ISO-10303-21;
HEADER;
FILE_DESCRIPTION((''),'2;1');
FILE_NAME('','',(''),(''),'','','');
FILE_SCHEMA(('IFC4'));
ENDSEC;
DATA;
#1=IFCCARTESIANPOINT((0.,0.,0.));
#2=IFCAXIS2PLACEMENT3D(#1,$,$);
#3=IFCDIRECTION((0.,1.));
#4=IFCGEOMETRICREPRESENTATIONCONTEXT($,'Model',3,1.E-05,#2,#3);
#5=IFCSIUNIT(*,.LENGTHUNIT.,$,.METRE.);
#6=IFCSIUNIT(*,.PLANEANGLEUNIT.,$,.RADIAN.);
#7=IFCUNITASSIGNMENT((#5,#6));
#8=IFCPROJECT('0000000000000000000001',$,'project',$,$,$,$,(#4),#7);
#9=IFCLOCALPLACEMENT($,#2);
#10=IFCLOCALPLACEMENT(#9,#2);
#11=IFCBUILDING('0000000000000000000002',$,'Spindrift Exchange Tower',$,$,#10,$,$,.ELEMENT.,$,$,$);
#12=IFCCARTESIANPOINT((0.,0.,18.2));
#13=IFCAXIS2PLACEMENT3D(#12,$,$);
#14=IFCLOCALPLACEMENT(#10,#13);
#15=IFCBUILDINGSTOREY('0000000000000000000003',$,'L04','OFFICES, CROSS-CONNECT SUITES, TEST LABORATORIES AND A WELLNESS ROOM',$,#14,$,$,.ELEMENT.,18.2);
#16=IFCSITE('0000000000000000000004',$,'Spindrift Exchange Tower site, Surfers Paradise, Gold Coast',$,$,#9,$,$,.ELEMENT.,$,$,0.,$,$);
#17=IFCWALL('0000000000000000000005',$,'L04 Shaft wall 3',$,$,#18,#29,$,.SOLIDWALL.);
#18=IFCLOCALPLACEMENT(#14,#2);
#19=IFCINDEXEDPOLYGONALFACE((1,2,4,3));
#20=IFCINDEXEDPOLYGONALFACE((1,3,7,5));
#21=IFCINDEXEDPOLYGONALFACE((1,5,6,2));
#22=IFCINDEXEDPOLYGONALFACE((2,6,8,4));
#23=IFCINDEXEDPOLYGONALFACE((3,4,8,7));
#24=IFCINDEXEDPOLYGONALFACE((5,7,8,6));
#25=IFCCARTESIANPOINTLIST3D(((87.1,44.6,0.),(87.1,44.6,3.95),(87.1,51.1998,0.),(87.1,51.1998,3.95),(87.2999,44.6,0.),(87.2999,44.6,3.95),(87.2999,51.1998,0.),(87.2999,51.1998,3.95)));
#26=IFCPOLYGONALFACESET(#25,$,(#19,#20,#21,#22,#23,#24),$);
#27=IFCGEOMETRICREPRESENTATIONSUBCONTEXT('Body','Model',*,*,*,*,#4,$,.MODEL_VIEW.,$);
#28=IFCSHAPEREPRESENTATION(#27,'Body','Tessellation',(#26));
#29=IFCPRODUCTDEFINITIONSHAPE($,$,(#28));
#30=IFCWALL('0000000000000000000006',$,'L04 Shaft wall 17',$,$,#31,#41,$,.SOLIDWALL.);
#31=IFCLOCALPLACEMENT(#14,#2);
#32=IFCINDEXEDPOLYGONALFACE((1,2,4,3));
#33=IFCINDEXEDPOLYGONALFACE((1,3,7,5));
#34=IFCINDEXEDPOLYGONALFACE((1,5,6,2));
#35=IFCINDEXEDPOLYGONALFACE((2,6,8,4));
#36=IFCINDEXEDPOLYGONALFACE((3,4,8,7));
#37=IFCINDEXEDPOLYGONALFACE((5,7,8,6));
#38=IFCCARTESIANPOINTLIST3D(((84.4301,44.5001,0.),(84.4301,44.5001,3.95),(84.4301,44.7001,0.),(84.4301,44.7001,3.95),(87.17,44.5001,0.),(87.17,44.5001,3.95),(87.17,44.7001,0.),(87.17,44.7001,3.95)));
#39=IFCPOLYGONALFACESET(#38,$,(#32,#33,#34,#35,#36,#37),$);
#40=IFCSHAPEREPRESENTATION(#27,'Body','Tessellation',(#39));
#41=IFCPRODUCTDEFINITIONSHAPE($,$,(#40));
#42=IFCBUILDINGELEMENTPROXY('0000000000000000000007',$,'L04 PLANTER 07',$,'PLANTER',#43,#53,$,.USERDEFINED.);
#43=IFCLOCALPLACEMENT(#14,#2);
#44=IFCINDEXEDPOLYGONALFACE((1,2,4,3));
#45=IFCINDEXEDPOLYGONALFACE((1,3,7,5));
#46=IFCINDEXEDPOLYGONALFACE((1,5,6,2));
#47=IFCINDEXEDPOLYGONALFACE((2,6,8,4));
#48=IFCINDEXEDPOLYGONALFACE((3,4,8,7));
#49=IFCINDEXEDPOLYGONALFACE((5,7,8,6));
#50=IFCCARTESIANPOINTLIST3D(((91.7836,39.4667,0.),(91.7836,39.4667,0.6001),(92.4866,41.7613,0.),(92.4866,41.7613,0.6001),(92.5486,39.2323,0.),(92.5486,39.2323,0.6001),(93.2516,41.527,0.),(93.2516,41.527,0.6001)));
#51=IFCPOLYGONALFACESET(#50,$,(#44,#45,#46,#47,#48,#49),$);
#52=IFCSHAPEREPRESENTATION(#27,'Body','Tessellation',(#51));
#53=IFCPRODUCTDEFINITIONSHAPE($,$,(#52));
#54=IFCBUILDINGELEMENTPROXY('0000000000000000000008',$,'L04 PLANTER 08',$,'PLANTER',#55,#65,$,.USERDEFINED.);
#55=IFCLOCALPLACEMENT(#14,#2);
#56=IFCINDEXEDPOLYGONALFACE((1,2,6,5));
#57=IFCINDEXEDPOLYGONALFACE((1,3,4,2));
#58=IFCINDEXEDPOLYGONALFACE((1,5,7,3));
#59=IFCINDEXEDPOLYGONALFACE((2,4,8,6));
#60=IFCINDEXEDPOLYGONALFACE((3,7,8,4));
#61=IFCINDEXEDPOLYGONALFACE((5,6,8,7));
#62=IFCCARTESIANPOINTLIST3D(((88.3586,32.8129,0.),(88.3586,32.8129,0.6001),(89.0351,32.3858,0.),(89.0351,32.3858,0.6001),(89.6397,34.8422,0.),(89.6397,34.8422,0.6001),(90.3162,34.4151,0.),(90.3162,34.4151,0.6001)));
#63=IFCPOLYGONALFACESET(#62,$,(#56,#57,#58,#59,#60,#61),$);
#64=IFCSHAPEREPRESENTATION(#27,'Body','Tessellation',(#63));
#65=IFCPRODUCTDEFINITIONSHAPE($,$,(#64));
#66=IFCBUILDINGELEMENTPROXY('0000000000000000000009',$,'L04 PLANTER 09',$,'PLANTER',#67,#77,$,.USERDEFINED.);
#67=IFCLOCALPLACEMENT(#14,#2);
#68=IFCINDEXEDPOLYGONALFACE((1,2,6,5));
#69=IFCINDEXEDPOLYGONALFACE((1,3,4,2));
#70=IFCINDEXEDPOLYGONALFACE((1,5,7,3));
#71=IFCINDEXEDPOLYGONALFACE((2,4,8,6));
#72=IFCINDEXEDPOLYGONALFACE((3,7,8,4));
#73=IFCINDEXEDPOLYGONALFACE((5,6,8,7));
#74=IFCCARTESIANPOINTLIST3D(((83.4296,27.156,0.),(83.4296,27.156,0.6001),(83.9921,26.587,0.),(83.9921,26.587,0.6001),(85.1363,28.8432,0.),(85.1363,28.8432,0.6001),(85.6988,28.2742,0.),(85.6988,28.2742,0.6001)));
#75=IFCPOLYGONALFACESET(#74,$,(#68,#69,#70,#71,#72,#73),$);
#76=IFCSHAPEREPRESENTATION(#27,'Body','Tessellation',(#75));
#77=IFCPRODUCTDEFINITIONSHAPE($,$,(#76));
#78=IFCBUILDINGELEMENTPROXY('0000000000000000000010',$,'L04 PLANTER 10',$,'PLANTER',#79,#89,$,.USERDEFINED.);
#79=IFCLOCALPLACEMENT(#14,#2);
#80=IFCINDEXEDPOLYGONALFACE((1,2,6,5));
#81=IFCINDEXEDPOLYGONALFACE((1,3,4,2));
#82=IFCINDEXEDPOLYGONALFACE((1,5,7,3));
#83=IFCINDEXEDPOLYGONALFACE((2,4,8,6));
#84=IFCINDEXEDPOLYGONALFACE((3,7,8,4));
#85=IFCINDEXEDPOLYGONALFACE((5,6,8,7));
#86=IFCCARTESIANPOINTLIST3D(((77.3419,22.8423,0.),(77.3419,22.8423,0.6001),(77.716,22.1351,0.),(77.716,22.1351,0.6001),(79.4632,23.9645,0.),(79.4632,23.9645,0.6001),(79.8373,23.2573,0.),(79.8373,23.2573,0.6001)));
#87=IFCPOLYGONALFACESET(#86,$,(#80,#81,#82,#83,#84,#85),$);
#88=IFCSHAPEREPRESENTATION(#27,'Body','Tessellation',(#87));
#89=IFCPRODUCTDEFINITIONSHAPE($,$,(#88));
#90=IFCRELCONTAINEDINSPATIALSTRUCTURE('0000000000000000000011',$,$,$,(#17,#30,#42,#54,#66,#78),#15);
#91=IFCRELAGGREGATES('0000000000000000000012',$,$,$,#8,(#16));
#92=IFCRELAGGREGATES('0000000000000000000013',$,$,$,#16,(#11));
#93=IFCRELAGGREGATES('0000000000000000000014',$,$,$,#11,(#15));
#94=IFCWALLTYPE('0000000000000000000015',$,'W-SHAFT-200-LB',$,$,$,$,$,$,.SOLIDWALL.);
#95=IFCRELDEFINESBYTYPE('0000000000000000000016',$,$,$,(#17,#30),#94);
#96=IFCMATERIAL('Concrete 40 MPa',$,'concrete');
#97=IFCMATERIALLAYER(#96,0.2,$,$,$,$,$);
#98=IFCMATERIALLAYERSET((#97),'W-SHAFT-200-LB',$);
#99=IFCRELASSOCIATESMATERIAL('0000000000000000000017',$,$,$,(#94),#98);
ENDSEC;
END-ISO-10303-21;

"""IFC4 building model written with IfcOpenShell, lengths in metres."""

from ifc_helpers import new_model, si_unit, direction, frame, frame_2d, origin, origin_2d, place, context, subcontext, project, spatial, rectangle, extrude, source, transform, mapped, material, layer, layer_set, type_object, element, save


model = new_model("IFC4")

# Units and contexts
model_context = context("Model", 3, precision=1e-05, world=origin(), true_north=direction((0.0, 1.0)))
body_context = subcontext(model_context, "Body", "Model", "MODEL_VIEW")
ifc_project = project(units=[si_unit("LENGTHUNIT", "METRE"), si_unit("PLANEANGLEUNIT", "RADIAN")], contexts=[model_context])

# Site, building, storey
site_placement = place(None, origin())
site = spatial("IfcSite", under=ifc_project, at=site_placement, Name="Spindrift Exchange Tower site, Surfers Paradise, Gold Coast", CompositionType="ELEMENT", RefElevation=0.0)
building_placement = place(site_placement, origin())
building = spatial("IfcBuilding", under=site, at=building_placement, Name="Spindrift Exchange Tower", CompositionType="ELEMENT")
storey_placement = place(building_placement, frame((0.0, 0.0, 18.2)))
storey = spatial("IfcBuildingStorey", under=building, at=storey_placement, Name="L04", Description="OFFICES, CROSS-CONNECT SUITES, TEST LABORATORIES AND A WELLNESS ROOM", CompositionType="ELEMENT", Elevation=18.2)

# Walls
ifc_material_1 = material(Name="Concrete 40 MPa", Category="concrete")
ifc_layer_1 = layer(ifc_material_1, 0.2)
ifc_layer_set_1 = layer_set([ifc_layer_1], Name="W-SHAFT-200-LB")
wall_type_1 = type_object("IfcWallType", Name="W-SHAFT-200-LB", PredefinedType="SOLIDWALL", material=ifc_layer_set_1)
wall_1_placement = place(storey_placement, frame((87.2, 44.6001, 0.0), z_axis=(0.0, 0.0, 1.0), x_axis=(0.0, 1.0, 0.0)))
element("IfcWall", 1, at=wall_1_placement, inside=storey, type_object=wall_type_1, Name="L04 Shaft wall 3", PredefinedType="SOLIDWALL", context=body_context, shape_type="SweptSolid", body=[
    extrude(rectangle(XDim=6.5999, YDim=0.2, at=frame_2d((3.2998, 0.0))), origin(), (0.0, 0.0, 1.0), 3.95),
])
wall_2_placement = place(storey_placement, frame((84.4299, 44.6001, 0.0), z_axis=(0.0, 0.0, 1.0), x_axis=(1.0, 0.0, 0.0)))
element("IfcWall", 2, at=wall_2_placement, inside=storey, type_object=wall_type_1, Name="L04 Shaft wall 17", PredefinedType="SOLIDWALL", context=body_context, shape_type="SweptSolid", body=[
    extrude(rectangle(XDim=2.74, YDim=0.2, at=frame_2d((1.3701, 0.0))), origin(), (0.0, 0.0, 1.0), 3.95),
])

# Building element proxies
shared_shape_1 = source(origin(), body_context, "Body", "SweptSolid", [
    extrude(rectangle(XDim=2.3999, YDim=0.8, at=origin_2d()), origin(), (0.0, 0.0, 1.0), 0.6001),
])
for number, where, z_axis, x_axis, name in (
    (3, (92.5176, 40.4968, 0.0), (0.0, 0.0, 1.0), (-0.292926, -0.956135, 0.0), "L04 PLANTER 07"),
    (4, (89.3374, 33.614, 0.0), (0.0, 0.0, 1.0), (-0.53382, -0.845598, 0.0), "L04 PLANTER 08"),
    (5, (84.5642, 27.7151, 0.0), (0.0, 0.0, 1.0), (-0.711158, -0.703032, 0.0), "L04 PLANTER 09"),
    (6, (78.5896, 23.0498, 0.0), (0.0, 0.0, 1.0), (-0.883925, -0.467629, 0.0), "L04 PLANTER 10"),
):
    element("IfcBuildingElementProxy", number, at=place(storey_placement, frame(where, z_axis=z_axis, x_axis=x_axis)), inside=storey, Name=name, ObjectType="PLANTER", PredefinedType="USERDEFINED", context=body_context, shape_type="MappedRepresentation", body=[
        mapped(shared_shape_1, transform((0.0, 0.0, 0.0), scale=1.0)),
    ])

save(model, "model.ifc")
